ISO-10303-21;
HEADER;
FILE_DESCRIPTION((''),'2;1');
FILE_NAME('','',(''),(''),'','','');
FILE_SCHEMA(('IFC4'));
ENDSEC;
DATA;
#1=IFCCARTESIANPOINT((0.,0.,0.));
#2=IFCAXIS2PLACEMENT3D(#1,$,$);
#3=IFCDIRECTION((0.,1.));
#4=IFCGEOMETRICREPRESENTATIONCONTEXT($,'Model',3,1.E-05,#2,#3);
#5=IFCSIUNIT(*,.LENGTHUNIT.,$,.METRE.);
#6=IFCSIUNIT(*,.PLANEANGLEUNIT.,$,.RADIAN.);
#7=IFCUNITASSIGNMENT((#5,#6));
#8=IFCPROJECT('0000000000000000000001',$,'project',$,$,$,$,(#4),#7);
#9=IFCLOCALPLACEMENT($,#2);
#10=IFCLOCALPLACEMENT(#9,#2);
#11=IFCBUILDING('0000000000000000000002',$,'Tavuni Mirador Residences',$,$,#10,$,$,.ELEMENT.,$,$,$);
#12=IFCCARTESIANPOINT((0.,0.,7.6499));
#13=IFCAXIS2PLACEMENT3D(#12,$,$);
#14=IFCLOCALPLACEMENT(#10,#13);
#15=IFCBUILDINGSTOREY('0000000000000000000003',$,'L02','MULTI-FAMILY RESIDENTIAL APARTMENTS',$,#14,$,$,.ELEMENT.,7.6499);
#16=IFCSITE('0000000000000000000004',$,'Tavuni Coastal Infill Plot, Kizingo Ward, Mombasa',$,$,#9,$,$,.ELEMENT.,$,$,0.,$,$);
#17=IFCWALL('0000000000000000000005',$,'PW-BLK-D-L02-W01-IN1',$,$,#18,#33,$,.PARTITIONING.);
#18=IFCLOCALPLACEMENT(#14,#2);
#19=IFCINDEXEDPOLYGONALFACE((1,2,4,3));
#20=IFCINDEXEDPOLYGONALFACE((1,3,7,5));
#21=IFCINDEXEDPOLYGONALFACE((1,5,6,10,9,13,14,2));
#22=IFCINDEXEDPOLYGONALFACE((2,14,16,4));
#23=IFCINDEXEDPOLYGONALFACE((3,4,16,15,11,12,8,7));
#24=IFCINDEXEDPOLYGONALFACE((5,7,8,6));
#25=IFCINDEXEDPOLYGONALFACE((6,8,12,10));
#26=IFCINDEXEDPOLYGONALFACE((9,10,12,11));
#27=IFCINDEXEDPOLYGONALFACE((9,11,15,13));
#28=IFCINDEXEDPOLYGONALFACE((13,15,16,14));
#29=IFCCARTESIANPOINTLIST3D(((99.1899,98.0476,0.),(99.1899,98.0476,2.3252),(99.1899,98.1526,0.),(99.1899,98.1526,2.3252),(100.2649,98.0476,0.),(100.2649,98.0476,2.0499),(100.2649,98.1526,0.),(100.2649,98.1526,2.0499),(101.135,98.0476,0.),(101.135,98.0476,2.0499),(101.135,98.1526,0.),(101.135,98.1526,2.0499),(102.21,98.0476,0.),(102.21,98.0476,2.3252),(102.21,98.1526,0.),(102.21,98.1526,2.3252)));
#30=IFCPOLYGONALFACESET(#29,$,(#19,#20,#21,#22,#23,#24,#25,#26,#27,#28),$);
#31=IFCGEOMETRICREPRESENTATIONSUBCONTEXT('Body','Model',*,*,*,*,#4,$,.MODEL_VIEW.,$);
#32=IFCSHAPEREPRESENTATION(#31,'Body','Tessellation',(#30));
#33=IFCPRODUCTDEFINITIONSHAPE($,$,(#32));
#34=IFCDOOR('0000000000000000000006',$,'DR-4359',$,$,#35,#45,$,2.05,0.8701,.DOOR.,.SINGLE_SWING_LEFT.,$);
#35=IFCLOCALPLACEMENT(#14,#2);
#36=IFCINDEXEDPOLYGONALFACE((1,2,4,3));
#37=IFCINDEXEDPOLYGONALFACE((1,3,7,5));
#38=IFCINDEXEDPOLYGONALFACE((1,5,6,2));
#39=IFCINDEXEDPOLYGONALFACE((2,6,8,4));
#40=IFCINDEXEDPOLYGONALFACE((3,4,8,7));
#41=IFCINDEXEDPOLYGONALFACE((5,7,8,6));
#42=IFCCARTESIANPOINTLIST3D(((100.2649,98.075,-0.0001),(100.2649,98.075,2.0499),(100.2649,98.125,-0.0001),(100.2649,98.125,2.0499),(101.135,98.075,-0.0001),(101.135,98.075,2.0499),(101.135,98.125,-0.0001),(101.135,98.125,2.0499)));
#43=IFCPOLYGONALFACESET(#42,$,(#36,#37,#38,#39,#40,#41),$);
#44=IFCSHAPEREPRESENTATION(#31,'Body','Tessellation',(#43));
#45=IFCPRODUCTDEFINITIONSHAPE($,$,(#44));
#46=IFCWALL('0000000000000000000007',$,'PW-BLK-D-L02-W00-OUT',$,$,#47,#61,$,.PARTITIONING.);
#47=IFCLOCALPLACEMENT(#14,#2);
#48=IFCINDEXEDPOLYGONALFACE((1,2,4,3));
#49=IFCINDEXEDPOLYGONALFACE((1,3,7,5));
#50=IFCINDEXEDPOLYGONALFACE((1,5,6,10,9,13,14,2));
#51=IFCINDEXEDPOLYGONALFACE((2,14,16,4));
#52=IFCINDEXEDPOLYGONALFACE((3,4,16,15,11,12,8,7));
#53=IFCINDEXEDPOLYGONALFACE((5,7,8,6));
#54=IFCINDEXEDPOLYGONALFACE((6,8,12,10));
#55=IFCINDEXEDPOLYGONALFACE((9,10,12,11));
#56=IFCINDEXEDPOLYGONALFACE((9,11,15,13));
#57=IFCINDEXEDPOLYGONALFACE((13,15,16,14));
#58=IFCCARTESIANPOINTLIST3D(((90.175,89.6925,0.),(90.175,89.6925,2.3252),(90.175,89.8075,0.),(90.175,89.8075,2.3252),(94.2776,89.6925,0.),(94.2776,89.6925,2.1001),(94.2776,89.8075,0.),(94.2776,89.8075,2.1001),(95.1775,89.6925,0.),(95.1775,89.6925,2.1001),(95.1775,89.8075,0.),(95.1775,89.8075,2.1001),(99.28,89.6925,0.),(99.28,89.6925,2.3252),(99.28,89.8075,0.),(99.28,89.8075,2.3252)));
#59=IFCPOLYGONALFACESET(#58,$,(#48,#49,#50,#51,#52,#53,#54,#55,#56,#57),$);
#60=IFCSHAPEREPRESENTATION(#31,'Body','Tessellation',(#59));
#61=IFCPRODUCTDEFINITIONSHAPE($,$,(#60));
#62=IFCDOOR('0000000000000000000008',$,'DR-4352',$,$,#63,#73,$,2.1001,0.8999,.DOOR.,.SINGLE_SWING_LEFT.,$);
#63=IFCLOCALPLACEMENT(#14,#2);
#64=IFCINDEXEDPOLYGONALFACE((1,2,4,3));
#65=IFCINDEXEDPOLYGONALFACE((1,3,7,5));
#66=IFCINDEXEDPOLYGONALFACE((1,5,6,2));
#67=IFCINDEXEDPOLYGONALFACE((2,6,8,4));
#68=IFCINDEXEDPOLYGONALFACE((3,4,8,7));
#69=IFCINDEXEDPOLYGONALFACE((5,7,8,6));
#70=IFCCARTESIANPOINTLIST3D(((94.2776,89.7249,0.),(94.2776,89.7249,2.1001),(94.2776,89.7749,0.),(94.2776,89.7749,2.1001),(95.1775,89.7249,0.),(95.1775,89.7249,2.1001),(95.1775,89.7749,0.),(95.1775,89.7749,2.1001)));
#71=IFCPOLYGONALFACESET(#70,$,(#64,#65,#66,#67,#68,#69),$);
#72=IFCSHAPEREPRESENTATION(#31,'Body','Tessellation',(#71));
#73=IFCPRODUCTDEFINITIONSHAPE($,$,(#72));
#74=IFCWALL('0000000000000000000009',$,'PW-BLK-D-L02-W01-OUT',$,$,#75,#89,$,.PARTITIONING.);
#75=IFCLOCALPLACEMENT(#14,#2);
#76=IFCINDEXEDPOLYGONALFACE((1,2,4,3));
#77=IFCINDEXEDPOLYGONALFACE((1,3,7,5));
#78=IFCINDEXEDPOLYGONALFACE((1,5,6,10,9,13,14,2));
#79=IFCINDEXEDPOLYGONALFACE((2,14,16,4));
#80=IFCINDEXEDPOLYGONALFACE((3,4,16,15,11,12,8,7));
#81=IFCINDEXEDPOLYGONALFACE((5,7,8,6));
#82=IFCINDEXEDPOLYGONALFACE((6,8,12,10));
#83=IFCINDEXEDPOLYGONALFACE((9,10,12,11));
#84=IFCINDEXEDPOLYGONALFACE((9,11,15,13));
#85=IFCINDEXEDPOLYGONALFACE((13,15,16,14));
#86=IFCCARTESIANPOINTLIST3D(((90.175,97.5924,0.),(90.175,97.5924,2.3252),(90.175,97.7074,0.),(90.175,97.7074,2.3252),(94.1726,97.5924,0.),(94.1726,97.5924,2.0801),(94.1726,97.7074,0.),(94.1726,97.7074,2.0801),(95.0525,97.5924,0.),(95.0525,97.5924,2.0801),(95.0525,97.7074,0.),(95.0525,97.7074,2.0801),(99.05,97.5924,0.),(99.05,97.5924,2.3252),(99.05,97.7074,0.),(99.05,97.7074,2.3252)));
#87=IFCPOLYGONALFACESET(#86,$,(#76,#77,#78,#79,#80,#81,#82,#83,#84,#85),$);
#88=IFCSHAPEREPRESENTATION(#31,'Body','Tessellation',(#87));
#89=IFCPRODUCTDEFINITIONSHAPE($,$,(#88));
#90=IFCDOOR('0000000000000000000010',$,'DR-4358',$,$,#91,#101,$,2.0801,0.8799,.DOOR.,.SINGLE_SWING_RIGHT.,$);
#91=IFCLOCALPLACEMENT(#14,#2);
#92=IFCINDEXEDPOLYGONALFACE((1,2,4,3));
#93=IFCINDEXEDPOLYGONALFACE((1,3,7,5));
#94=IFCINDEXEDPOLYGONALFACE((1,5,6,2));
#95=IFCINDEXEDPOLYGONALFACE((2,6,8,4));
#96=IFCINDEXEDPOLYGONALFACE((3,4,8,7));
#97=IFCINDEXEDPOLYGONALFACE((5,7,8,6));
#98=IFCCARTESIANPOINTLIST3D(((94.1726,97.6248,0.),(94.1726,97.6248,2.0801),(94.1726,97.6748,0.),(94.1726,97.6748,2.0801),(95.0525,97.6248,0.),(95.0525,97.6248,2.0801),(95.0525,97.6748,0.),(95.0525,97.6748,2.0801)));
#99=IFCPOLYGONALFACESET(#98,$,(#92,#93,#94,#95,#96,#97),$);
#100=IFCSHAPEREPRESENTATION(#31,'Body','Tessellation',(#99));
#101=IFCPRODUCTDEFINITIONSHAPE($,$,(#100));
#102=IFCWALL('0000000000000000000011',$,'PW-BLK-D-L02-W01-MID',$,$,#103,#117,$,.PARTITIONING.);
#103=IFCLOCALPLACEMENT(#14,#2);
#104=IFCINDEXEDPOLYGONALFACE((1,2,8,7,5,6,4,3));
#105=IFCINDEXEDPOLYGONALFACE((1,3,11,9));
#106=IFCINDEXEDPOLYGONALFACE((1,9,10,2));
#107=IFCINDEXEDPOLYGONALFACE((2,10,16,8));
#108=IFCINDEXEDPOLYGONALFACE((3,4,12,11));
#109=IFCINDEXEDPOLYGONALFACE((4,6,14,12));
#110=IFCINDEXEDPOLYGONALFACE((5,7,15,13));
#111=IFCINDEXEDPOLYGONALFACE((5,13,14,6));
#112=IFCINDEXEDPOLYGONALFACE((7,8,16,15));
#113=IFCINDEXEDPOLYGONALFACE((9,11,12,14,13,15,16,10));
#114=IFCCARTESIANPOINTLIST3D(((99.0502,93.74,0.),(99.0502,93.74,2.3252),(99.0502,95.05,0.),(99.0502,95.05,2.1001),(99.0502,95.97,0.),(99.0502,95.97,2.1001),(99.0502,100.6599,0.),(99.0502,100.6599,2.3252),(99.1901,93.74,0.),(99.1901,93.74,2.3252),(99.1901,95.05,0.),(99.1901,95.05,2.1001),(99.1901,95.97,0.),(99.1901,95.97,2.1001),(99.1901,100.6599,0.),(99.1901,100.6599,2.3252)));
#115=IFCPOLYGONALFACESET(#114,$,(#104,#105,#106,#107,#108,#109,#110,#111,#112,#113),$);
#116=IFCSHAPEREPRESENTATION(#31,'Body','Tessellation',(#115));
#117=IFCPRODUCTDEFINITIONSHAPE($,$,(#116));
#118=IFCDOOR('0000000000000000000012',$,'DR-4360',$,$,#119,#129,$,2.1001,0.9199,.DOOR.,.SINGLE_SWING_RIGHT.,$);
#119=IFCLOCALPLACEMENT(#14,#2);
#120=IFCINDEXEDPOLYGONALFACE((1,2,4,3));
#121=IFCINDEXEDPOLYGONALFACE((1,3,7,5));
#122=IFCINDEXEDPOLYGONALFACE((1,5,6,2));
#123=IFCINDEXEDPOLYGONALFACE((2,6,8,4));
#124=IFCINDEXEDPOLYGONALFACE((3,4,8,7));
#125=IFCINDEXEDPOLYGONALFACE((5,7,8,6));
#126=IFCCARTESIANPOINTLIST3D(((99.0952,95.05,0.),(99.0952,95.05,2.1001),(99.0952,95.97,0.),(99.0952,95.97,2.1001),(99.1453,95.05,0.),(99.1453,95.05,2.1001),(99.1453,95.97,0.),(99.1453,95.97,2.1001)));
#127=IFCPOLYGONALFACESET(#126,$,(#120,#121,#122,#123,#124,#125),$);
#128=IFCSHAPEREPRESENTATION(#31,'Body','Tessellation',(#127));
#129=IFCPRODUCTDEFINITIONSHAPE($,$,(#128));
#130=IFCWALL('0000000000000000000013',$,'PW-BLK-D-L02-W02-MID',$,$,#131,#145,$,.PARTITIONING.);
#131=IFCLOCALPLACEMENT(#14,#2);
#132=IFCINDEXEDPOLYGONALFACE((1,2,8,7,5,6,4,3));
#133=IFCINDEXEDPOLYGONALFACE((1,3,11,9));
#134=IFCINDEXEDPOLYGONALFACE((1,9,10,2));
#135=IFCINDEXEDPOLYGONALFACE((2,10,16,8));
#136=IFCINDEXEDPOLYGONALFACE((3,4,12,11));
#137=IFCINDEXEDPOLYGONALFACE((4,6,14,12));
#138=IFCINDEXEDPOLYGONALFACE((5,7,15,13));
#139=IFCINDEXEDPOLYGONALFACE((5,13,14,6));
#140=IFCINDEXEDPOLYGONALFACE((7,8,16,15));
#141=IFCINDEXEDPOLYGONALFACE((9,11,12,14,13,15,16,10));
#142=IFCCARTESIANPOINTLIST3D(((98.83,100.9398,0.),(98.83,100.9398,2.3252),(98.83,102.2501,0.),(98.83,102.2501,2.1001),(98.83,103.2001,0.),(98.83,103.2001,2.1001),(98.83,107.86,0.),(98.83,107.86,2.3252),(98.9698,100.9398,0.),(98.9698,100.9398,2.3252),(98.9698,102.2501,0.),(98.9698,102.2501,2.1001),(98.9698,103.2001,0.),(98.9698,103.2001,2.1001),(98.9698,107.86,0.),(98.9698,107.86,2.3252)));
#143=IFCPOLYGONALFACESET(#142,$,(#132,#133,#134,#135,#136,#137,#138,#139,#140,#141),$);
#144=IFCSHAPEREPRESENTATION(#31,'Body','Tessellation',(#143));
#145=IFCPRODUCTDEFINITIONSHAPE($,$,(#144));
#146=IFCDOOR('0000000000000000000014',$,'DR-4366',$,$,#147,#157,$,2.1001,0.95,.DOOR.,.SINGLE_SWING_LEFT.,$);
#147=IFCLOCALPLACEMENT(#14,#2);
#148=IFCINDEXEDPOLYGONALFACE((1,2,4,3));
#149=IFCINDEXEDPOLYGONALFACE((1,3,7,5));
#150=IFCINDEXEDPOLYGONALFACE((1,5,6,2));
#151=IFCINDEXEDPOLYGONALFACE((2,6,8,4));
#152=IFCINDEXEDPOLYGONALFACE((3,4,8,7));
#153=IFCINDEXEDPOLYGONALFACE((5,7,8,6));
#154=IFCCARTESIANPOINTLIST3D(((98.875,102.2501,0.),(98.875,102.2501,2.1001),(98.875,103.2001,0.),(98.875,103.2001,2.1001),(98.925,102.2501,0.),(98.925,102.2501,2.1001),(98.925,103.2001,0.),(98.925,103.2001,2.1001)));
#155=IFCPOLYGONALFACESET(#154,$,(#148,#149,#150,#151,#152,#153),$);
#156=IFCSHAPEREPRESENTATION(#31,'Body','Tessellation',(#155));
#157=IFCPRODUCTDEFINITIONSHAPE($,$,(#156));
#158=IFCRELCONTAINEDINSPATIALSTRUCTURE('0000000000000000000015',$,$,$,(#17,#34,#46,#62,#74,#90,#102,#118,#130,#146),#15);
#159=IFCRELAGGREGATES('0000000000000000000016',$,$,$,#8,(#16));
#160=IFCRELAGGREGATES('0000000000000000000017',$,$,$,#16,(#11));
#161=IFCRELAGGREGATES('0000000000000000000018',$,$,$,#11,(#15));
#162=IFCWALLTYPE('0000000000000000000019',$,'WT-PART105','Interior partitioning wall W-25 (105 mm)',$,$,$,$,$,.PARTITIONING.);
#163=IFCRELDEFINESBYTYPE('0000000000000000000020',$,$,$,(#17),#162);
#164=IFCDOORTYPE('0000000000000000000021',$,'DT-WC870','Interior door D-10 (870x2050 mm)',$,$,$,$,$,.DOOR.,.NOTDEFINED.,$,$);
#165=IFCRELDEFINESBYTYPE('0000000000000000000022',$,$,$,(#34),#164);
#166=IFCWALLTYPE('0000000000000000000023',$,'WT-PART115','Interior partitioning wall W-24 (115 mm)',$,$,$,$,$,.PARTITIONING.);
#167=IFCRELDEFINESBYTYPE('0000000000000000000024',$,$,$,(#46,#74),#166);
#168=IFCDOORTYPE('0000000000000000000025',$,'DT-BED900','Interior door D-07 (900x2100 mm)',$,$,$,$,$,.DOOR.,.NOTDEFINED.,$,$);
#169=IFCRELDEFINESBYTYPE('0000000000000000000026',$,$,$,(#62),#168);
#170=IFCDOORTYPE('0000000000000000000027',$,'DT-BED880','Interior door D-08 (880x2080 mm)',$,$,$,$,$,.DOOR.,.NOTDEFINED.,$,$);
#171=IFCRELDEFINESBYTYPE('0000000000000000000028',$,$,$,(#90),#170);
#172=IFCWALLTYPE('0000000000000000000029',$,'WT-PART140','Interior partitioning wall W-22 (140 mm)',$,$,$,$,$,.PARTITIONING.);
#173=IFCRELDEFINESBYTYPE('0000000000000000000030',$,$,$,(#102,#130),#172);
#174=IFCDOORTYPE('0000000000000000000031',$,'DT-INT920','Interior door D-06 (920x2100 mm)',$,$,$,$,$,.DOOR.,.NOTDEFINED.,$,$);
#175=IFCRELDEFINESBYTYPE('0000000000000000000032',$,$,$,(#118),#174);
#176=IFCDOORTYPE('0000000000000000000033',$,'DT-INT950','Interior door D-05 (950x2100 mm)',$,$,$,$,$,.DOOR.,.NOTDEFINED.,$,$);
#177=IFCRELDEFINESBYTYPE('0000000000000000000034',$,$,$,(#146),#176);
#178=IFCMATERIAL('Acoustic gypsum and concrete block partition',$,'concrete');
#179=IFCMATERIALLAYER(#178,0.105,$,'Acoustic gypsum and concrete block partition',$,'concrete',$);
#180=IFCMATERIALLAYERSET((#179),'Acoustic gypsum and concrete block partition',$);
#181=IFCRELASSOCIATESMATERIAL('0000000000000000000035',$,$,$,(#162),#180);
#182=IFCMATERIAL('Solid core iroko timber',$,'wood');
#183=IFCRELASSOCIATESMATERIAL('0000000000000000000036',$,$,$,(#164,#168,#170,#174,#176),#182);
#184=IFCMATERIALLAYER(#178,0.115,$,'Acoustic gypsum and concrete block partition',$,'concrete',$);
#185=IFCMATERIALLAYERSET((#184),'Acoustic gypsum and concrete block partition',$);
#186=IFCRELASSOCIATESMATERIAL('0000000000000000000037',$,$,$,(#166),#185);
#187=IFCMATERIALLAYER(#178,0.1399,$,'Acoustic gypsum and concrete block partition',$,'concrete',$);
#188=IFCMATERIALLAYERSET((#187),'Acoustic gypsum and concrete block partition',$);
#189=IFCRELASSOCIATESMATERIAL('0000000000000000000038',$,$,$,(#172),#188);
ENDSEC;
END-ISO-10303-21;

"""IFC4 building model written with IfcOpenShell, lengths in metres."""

from ifc_helpers import new_model, si_unit, direction, frame, frame_2d, origin, place, context, subcontext, project, spatial, rectangle, extrude, material, layer, layer_set, type_object, element, fill, save


model = new_model("IFC4")

# Units and contexts
model_context = context("Model", 3, precision=1e-05, world=origin(), true_north=direction((0.0, 1.0)))
body_context = subcontext(model_context, "Body", "Model", "MODEL_VIEW")
ifc_project = project(units=[si_unit("LENGTHUNIT", "METRE"), si_unit("PLANEANGLEUNIT", "RADIAN")], contexts=[model_context])

# Site, building, storey
site_placement = place(None, origin())
site = spatial("IfcSite", under=ifc_project, at=site_placement, Name="Tavuni Coastal Infill Plot, Kizingo Ward, Mombasa", CompositionType="ELEMENT", RefElevation=0.0)
building_placement = place(site_placement, origin())
building = spatial("IfcBuilding", under=site, at=building_placement, Name="Tavuni Mirador Residences", CompositionType="ELEMENT")
storey_placement = place(building_placement, frame((0.0, 0.0, 7.6499)))
storey = spatial("IfcBuildingStorey", under=building, at=storey_placement, Name="L02", Description="MULTI-FAMILY RESIDENTIAL APARTMENTS", CompositionType="ELEMENT", Elevation=7.6499)

# Walls, openings, doors
ifc_material_1 = material(Name="Solid core iroko timber", Category="wood")
ifc_material_2 = material(Name="Acoustic gypsum and concrete block partition", Category="concrete")
ifc_layer_1 = layer(ifc_material_2, 0.105, Name="Acoustic gypsum and concrete block partition", Category="concrete")
ifc_layer_set_1 = layer_set([ifc_layer_1], Name="Acoustic gypsum and concrete block partition")
wall_type_1 = type_object("IfcWallType", Name="WT-PART105", Description="Interior partitioning wall W-25 (105 mm)", PredefinedType="PARTITIONING", material=ifc_layer_set_1)
wall_1_placement = place(storey_placement, frame((99.1899, 98.1001, 0.0), z_axis=(0.0, 0.0, 1.0), x_axis=(1.0, 0.0, 0.0)))
wall_1 = element("IfcWall", 1, at=wall_1_placement, inside=storey, type_object=wall_type_1, Name="PW-BLK-D-L02-W01-IN1", PredefinedType="PARTITIONING", context=body_context, shape_type="SweptSolid", body=[
    extrude(rectangle(XDim=3.02, YDim=0.105, at=frame_2d((1.51, 0.0))), origin(), (0.0, 0.0, 1.0), 2.3252),
])
opening_1_placement = place(wall_1_placement, frame((1.075, 0.0, 0.0)))
opening_1 = element("IfcOpeningElement", 2, at=opening_1_placement, cuts=wall_1, PredefinedType="OPENING", context=body_context, shape_type="SweptSolid", body=[
    extrude(rectangle(XDim=0.8701, YDim=2.05, at=frame_2d((0.4351, 1.0249))), frame((0.0, 0.0625, 0.0), z_axis=(0.0, -1.0, 0.0), x_axis=(1.0, 0.0, 0.0)), (0.0, 0.0, 1.0), 0.125),
])
door_type_1 = type_object("IfcDoorType", Name="DT-WC870", Description="Interior door D-10 (870x2050 mm)", OperationType="NOTDEFINED", PredefinedType="DOOR", material=ifc_material_1)
door_1_placement = place(opening_1_placement, origin())
door_1 = element("IfcDoor", 3, at=door_1_placement, inside=storey, type_object=door_type_1, Name="DR-4359", OperationType="SINGLE_SWING_LEFT", OverallHeight=2.05, OverallWidth=0.8701, PredefinedType="DOOR", context=body_context, shape_type="SweptSolid", body=[
    extrude(rectangle(XDim=0.8701, YDim=2.05, at=frame_2d((0.4351, 1.0249))), frame((0.0, 0.0249, 0.0), z_axis=(0.0, -1.0, 0.0), x_axis=(1.0, 0.0, 0.0)), (0.0, 0.0, 1.0), 0.05),
])
fill(opening_1, door_1)
ifc_layer_2 = layer(ifc_material_2, 0.115, Name="Acoustic gypsum and concrete block partition", Category="concrete")
ifc_layer_set_2 = layer_set([ifc_layer_2], Name="Acoustic gypsum and concrete block partition")
wall_type_2 = type_object("IfcWallType", Name="WT-PART115", Description="Interior partitioning wall W-24 (115 mm)", PredefinedType="PARTITIONING", material=ifc_layer_set_2)
wall_2_placement = place(storey_placement, frame((90.175, 89.75, 0.0), z_axis=(0.0, 0.0, 1.0), x_axis=(1.0, 0.0, 0.0)))
wall_2 = element("IfcWall", 4, at=wall_2_placement, inside=storey, type_object=wall_type_2, Name="PW-BLK-D-L02-W00-OUT", PredefinedType="PARTITIONING", context=body_context, shape_type="SweptSolid", body=[
    extrude(rectangle(XDim=9.105, YDim=0.115, at=frame_2d((4.5525, 0.0))), origin(), (0.0, 0.0, 1.0), 2.3252),
])
opening_2_placement = place(wall_2_placement, frame((4.1025, 0.0, 0.0)))
opening_2 = element("IfcOpeningElement", 5, at=opening_2_placement, cuts=wall_2, PredefinedType="OPENING", context=body_context, shape_type="SweptSolid", body=[
    extrude(rectangle(XDim=0.8999, YDim=2.1001, at=frame_2d((0.45, 1.05))), frame((0.0, 0.0674, 0.0), z_axis=(0.0, -1.0, 0.0), x_axis=(1.0, 0.0, 0.0)), (0.0, 0.0, 1.0), 0.135),
])
door_type_2 = type_object("IfcDoorType", Name="DT-BED900", Description="Interior door D-07 (900x2100 mm)", OperationType="NOTDEFINED", PredefinedType="DOOR", material=ifc_material_1)
door_2_placement = place(opening_2_placement, origin())
door_2 = element("IfcDoor", 6, at=door_2_placement, inside=storey, type_object=door_type_2, Name="DR-4352", OperationType="SINGLE_SWING_LEFT", OverallHeight=2.1001, OverallWidth=0.8999, PredefinedType="DOOR", context=body_context, shape_type="SweptSolid", body=[
    extrude(rectangle(XDim=0.8999, YDim=2.1001, at=frame_2d((0.45, 1.05))), frame((0.0, 0.0249, 0.0), z_axis=(0.0, -1.0, 0.0), x_axis=(1.0, 0.0, 0.0)), (0.0, 0.0, 1.0), 0.05),
])
fill(opening_2, door_2)
wall_3_placement = place(storey_placement, frame((90.175, 97.6499, 0.0), z_axis=(0.0, 0.0, 1.0), x_axis=(1.0, 0.0, 0.0)))
wall_3 = element("IfcWall", 7, at=wall_3_placement, inside=storey, type_object=wall_type_2, Name="PW-BLK-D-L02-W01-OUT", PredefinedType="PARTITIONING", context=body_context, shape_type="SweptSolid", body=[
    extrude(rectangle(XDim=8.875, YDim=0.115, at=frame_2d((4.4375, 0.0))), origin(), (0.0, 0.0, 1.0), 2.3252),
])
opening_3_placement = place(wall_3_placement, frame((3.9976, 0.0, 0.0)))
opening_3 = element("IfcOpeningElement", 8, at=opening_3_placement, cuts=wall_3, PredefinedType="OPENING", context=body_context, shape_type="SweptSolid", body=[
    extrude(rectangle(XDim=0.8799, YDim=2.0801, at=frame_2d((0.4399, 1.04))), frame((0.0, 0.0674, 0.0), z_axis=(0.0, -1.0, 0.0), x_axis=(1.0, 0.0, 0.0)), (0.0, 0.0, 1.0), 0.135),
])
door_type_3 = type_object("IfcDoorType", Name="DT-BED880", Description="Interior door D-08 (880x2080 mm)", OperationType="NOTDEFINED", PredefinedType="DOOR", material=ifc_material_1)
door_3_placement = place(opening_3_placement, origin())
door_3 = element("IfcDoor", 9, at=door_3_placement, inside=storey, type_object=door_type_3, Name="DR-4358", OperationType="SINGLE_SWING_RIGHT", OverallHeight=2.0801, OverallWidth=0.8799, PredefinedType="DOOR", context=body_context, shape_type="SweptSolid", body=[
    extrude(rectangle(XDim=0.8799, YDim=2.0801, at=frame_2d((0.4399, 1.04))), frame((0.0, 0.0249, 0.0), z_axis=(0.0, -1.0, 0.0), x_axis=(1.0, 0.0, 0.0)), (0.0, 0.0, 1.0), 0.05),
])
fill(opening_3, door_3)
ifc_layer_3 = layer(ifc_material_2, 0.1399, Name="Acoustic gypsum and concrete block partition", Category="concrete")
ifc_layer_set_3 = layer_set([ifc_layer_3], Name="Acoustic gypsum and concrete block partition")
wall_type_3 = type_object("IfcWallType", Name="WT-PART140", Description="Interior partitioning wall W-22 (140 mm)", PredefinedType="PARTITIONING", material=ifc_layer_set_3)
wall_4_placement = place(storey_placement, frame((99.1201, 93.74, 0.0), z_axis=(0.0, 0.0, 1.0), x_axis=(0.0, 1.0, 0.0)))
wall_4 = element("IfcWall", 10, at=wall_4_placement, inside=storey, type_object=wall_type_3, Name="PW-BLK-D-L02-W01-MID", PredefinedType="PARTITIONING", context=body_context, shape_type="SweptSolid", body=[
    extrude(rectangle(XDim=6.9199, YDim=0.1399, at=frame_2d((3.46, 0.0))), origin(), (0.0, 0.0, 1.0), 2.3252),
])
opening_4_placement = place(wall_4_placement, frame((1.3101, 0.0, 0.0)))
opening_4 = element("IfcOpeningElement", 11, at=opening_4_placement, cuts=wall_4, PredefinedType="OPENING", context=body_context, shape_type="SweptSolid", body=[
    extrude(rectangle(XDim=0.9199, YDim=2.1001, at=frame_2d((0.46, 1.05))), frame((0.0, 0.0801, 0.0), z_axis=(0.0, -1.0, 0.0), x_axis=(1.0, 0.0, 0.0)), (0.0, 0.0, 1.0), 0.1599),
])
door_type_4 = type_object("IfcDoorType", Name="DT-INT920", Description="Interior door D-06 (920x2100 mm)", OperationType="NOTDEFINED", PredefinedType="DOOR", material=ifc_material_1)
door_4_placement = place(opening_4_placement, origin())
door_4 = element("IfcDoor", 12, at=door_4_placement, inside=storey, type_object=door_type_4, Name="DR-4360", OperationType="SINGLE_SWING_RIGHT", OverallHeight=2.1001, OverallWidth=0.9199, PredefinedType="DOOR", context=body_context, shape_type="SweptSolid", body=[
    extrude(rectangle(XDim=0.9199, YDim=2.1001, at=frame_2d((0.46, 1.05))), frame((0.0, 0.0249, 0.0), z_axis=(0.0, -1.0, 0.0), x_axis=(1.0, 0.0, 0.0)), (0.0, 0.0, 1.0), 0.05),
])
fill(opening_4, door_4)
wall_5_placement = place(storey_placement, frame((98.8999, 100.9399, 0.0), z_axis=(0.0, 0.0, 1.0), x_axis=(0.0, 1.0, 0.0)))
wall_5 = element("IfcWall", 13, at=wall_5_placement, inside=storey, type_object=wall_type_3, Name="PW-BLK-D-L02-W02-MID", PredefinedType="PARTITIONING", context=body_context, shape_type="SweptSolid", body=[
    extrude(rectangle(XDim=6.9202, YDim=0.1399, at=frame_2d((3.46, 0.0))), origin(), (0.0, 0.0, 1.0), 2.3252),
])
opening_5_placement = place(wall_5_placement, frame((1.3101, 0.0, 0.0)))
opening_5 = element("IfcOpeningElement", 14, at=opening_5_placement, cuts=wall_5, PredefinedType="OPENING", context=body_context, shape_type="SweptSolid", body=[
    extrude(rectangle(XDim=0.95, YDim=2.1001, at=frame_2d((0.4751, 1.05))), frame((0.0, 0.0801, 0.0), z_axis=(0.0, -1.0, 0.0), x_axis=(1.0, 0.0, 0.0)), (0.0, 0.0, 1.0), 0.1599),
])
door_type_5 = type_object("IfcDoorType", Name="DT-INT950", Description="Interior door D-05 (950x2100 mm)", OperationType="NOTDEFINED", PredefinedType="DOOR", material=ifc_material_1)
door_5_placement = place(opening_5_placement, origin())
door_5 = element("IfcDoor", 15, at=door_5_placement, inside=storey, type_object=door_type_5, Name="DR-4366", OperationType="SINGLE_SWING_LEFT", OverallHeight=2.1001, OverallWidth=0.95, PredefinedType="DOOR", context=body_context, shape_type="SweptSolid", body=[
    extrude(rectangle(XDim=0.95, YDim=2.1001, at=frame_2d((0.4751, 1.05))), frame((0.0, 0.0249, 0.0), z_axis=(0.0, -1.0, 0.0), x_axis=(1.0, 0.0, 0.0)), (0.0, 0.0, 1.0), 0.05),
])
fill(opening_5, door_5)

save(model, "model.ifc")
